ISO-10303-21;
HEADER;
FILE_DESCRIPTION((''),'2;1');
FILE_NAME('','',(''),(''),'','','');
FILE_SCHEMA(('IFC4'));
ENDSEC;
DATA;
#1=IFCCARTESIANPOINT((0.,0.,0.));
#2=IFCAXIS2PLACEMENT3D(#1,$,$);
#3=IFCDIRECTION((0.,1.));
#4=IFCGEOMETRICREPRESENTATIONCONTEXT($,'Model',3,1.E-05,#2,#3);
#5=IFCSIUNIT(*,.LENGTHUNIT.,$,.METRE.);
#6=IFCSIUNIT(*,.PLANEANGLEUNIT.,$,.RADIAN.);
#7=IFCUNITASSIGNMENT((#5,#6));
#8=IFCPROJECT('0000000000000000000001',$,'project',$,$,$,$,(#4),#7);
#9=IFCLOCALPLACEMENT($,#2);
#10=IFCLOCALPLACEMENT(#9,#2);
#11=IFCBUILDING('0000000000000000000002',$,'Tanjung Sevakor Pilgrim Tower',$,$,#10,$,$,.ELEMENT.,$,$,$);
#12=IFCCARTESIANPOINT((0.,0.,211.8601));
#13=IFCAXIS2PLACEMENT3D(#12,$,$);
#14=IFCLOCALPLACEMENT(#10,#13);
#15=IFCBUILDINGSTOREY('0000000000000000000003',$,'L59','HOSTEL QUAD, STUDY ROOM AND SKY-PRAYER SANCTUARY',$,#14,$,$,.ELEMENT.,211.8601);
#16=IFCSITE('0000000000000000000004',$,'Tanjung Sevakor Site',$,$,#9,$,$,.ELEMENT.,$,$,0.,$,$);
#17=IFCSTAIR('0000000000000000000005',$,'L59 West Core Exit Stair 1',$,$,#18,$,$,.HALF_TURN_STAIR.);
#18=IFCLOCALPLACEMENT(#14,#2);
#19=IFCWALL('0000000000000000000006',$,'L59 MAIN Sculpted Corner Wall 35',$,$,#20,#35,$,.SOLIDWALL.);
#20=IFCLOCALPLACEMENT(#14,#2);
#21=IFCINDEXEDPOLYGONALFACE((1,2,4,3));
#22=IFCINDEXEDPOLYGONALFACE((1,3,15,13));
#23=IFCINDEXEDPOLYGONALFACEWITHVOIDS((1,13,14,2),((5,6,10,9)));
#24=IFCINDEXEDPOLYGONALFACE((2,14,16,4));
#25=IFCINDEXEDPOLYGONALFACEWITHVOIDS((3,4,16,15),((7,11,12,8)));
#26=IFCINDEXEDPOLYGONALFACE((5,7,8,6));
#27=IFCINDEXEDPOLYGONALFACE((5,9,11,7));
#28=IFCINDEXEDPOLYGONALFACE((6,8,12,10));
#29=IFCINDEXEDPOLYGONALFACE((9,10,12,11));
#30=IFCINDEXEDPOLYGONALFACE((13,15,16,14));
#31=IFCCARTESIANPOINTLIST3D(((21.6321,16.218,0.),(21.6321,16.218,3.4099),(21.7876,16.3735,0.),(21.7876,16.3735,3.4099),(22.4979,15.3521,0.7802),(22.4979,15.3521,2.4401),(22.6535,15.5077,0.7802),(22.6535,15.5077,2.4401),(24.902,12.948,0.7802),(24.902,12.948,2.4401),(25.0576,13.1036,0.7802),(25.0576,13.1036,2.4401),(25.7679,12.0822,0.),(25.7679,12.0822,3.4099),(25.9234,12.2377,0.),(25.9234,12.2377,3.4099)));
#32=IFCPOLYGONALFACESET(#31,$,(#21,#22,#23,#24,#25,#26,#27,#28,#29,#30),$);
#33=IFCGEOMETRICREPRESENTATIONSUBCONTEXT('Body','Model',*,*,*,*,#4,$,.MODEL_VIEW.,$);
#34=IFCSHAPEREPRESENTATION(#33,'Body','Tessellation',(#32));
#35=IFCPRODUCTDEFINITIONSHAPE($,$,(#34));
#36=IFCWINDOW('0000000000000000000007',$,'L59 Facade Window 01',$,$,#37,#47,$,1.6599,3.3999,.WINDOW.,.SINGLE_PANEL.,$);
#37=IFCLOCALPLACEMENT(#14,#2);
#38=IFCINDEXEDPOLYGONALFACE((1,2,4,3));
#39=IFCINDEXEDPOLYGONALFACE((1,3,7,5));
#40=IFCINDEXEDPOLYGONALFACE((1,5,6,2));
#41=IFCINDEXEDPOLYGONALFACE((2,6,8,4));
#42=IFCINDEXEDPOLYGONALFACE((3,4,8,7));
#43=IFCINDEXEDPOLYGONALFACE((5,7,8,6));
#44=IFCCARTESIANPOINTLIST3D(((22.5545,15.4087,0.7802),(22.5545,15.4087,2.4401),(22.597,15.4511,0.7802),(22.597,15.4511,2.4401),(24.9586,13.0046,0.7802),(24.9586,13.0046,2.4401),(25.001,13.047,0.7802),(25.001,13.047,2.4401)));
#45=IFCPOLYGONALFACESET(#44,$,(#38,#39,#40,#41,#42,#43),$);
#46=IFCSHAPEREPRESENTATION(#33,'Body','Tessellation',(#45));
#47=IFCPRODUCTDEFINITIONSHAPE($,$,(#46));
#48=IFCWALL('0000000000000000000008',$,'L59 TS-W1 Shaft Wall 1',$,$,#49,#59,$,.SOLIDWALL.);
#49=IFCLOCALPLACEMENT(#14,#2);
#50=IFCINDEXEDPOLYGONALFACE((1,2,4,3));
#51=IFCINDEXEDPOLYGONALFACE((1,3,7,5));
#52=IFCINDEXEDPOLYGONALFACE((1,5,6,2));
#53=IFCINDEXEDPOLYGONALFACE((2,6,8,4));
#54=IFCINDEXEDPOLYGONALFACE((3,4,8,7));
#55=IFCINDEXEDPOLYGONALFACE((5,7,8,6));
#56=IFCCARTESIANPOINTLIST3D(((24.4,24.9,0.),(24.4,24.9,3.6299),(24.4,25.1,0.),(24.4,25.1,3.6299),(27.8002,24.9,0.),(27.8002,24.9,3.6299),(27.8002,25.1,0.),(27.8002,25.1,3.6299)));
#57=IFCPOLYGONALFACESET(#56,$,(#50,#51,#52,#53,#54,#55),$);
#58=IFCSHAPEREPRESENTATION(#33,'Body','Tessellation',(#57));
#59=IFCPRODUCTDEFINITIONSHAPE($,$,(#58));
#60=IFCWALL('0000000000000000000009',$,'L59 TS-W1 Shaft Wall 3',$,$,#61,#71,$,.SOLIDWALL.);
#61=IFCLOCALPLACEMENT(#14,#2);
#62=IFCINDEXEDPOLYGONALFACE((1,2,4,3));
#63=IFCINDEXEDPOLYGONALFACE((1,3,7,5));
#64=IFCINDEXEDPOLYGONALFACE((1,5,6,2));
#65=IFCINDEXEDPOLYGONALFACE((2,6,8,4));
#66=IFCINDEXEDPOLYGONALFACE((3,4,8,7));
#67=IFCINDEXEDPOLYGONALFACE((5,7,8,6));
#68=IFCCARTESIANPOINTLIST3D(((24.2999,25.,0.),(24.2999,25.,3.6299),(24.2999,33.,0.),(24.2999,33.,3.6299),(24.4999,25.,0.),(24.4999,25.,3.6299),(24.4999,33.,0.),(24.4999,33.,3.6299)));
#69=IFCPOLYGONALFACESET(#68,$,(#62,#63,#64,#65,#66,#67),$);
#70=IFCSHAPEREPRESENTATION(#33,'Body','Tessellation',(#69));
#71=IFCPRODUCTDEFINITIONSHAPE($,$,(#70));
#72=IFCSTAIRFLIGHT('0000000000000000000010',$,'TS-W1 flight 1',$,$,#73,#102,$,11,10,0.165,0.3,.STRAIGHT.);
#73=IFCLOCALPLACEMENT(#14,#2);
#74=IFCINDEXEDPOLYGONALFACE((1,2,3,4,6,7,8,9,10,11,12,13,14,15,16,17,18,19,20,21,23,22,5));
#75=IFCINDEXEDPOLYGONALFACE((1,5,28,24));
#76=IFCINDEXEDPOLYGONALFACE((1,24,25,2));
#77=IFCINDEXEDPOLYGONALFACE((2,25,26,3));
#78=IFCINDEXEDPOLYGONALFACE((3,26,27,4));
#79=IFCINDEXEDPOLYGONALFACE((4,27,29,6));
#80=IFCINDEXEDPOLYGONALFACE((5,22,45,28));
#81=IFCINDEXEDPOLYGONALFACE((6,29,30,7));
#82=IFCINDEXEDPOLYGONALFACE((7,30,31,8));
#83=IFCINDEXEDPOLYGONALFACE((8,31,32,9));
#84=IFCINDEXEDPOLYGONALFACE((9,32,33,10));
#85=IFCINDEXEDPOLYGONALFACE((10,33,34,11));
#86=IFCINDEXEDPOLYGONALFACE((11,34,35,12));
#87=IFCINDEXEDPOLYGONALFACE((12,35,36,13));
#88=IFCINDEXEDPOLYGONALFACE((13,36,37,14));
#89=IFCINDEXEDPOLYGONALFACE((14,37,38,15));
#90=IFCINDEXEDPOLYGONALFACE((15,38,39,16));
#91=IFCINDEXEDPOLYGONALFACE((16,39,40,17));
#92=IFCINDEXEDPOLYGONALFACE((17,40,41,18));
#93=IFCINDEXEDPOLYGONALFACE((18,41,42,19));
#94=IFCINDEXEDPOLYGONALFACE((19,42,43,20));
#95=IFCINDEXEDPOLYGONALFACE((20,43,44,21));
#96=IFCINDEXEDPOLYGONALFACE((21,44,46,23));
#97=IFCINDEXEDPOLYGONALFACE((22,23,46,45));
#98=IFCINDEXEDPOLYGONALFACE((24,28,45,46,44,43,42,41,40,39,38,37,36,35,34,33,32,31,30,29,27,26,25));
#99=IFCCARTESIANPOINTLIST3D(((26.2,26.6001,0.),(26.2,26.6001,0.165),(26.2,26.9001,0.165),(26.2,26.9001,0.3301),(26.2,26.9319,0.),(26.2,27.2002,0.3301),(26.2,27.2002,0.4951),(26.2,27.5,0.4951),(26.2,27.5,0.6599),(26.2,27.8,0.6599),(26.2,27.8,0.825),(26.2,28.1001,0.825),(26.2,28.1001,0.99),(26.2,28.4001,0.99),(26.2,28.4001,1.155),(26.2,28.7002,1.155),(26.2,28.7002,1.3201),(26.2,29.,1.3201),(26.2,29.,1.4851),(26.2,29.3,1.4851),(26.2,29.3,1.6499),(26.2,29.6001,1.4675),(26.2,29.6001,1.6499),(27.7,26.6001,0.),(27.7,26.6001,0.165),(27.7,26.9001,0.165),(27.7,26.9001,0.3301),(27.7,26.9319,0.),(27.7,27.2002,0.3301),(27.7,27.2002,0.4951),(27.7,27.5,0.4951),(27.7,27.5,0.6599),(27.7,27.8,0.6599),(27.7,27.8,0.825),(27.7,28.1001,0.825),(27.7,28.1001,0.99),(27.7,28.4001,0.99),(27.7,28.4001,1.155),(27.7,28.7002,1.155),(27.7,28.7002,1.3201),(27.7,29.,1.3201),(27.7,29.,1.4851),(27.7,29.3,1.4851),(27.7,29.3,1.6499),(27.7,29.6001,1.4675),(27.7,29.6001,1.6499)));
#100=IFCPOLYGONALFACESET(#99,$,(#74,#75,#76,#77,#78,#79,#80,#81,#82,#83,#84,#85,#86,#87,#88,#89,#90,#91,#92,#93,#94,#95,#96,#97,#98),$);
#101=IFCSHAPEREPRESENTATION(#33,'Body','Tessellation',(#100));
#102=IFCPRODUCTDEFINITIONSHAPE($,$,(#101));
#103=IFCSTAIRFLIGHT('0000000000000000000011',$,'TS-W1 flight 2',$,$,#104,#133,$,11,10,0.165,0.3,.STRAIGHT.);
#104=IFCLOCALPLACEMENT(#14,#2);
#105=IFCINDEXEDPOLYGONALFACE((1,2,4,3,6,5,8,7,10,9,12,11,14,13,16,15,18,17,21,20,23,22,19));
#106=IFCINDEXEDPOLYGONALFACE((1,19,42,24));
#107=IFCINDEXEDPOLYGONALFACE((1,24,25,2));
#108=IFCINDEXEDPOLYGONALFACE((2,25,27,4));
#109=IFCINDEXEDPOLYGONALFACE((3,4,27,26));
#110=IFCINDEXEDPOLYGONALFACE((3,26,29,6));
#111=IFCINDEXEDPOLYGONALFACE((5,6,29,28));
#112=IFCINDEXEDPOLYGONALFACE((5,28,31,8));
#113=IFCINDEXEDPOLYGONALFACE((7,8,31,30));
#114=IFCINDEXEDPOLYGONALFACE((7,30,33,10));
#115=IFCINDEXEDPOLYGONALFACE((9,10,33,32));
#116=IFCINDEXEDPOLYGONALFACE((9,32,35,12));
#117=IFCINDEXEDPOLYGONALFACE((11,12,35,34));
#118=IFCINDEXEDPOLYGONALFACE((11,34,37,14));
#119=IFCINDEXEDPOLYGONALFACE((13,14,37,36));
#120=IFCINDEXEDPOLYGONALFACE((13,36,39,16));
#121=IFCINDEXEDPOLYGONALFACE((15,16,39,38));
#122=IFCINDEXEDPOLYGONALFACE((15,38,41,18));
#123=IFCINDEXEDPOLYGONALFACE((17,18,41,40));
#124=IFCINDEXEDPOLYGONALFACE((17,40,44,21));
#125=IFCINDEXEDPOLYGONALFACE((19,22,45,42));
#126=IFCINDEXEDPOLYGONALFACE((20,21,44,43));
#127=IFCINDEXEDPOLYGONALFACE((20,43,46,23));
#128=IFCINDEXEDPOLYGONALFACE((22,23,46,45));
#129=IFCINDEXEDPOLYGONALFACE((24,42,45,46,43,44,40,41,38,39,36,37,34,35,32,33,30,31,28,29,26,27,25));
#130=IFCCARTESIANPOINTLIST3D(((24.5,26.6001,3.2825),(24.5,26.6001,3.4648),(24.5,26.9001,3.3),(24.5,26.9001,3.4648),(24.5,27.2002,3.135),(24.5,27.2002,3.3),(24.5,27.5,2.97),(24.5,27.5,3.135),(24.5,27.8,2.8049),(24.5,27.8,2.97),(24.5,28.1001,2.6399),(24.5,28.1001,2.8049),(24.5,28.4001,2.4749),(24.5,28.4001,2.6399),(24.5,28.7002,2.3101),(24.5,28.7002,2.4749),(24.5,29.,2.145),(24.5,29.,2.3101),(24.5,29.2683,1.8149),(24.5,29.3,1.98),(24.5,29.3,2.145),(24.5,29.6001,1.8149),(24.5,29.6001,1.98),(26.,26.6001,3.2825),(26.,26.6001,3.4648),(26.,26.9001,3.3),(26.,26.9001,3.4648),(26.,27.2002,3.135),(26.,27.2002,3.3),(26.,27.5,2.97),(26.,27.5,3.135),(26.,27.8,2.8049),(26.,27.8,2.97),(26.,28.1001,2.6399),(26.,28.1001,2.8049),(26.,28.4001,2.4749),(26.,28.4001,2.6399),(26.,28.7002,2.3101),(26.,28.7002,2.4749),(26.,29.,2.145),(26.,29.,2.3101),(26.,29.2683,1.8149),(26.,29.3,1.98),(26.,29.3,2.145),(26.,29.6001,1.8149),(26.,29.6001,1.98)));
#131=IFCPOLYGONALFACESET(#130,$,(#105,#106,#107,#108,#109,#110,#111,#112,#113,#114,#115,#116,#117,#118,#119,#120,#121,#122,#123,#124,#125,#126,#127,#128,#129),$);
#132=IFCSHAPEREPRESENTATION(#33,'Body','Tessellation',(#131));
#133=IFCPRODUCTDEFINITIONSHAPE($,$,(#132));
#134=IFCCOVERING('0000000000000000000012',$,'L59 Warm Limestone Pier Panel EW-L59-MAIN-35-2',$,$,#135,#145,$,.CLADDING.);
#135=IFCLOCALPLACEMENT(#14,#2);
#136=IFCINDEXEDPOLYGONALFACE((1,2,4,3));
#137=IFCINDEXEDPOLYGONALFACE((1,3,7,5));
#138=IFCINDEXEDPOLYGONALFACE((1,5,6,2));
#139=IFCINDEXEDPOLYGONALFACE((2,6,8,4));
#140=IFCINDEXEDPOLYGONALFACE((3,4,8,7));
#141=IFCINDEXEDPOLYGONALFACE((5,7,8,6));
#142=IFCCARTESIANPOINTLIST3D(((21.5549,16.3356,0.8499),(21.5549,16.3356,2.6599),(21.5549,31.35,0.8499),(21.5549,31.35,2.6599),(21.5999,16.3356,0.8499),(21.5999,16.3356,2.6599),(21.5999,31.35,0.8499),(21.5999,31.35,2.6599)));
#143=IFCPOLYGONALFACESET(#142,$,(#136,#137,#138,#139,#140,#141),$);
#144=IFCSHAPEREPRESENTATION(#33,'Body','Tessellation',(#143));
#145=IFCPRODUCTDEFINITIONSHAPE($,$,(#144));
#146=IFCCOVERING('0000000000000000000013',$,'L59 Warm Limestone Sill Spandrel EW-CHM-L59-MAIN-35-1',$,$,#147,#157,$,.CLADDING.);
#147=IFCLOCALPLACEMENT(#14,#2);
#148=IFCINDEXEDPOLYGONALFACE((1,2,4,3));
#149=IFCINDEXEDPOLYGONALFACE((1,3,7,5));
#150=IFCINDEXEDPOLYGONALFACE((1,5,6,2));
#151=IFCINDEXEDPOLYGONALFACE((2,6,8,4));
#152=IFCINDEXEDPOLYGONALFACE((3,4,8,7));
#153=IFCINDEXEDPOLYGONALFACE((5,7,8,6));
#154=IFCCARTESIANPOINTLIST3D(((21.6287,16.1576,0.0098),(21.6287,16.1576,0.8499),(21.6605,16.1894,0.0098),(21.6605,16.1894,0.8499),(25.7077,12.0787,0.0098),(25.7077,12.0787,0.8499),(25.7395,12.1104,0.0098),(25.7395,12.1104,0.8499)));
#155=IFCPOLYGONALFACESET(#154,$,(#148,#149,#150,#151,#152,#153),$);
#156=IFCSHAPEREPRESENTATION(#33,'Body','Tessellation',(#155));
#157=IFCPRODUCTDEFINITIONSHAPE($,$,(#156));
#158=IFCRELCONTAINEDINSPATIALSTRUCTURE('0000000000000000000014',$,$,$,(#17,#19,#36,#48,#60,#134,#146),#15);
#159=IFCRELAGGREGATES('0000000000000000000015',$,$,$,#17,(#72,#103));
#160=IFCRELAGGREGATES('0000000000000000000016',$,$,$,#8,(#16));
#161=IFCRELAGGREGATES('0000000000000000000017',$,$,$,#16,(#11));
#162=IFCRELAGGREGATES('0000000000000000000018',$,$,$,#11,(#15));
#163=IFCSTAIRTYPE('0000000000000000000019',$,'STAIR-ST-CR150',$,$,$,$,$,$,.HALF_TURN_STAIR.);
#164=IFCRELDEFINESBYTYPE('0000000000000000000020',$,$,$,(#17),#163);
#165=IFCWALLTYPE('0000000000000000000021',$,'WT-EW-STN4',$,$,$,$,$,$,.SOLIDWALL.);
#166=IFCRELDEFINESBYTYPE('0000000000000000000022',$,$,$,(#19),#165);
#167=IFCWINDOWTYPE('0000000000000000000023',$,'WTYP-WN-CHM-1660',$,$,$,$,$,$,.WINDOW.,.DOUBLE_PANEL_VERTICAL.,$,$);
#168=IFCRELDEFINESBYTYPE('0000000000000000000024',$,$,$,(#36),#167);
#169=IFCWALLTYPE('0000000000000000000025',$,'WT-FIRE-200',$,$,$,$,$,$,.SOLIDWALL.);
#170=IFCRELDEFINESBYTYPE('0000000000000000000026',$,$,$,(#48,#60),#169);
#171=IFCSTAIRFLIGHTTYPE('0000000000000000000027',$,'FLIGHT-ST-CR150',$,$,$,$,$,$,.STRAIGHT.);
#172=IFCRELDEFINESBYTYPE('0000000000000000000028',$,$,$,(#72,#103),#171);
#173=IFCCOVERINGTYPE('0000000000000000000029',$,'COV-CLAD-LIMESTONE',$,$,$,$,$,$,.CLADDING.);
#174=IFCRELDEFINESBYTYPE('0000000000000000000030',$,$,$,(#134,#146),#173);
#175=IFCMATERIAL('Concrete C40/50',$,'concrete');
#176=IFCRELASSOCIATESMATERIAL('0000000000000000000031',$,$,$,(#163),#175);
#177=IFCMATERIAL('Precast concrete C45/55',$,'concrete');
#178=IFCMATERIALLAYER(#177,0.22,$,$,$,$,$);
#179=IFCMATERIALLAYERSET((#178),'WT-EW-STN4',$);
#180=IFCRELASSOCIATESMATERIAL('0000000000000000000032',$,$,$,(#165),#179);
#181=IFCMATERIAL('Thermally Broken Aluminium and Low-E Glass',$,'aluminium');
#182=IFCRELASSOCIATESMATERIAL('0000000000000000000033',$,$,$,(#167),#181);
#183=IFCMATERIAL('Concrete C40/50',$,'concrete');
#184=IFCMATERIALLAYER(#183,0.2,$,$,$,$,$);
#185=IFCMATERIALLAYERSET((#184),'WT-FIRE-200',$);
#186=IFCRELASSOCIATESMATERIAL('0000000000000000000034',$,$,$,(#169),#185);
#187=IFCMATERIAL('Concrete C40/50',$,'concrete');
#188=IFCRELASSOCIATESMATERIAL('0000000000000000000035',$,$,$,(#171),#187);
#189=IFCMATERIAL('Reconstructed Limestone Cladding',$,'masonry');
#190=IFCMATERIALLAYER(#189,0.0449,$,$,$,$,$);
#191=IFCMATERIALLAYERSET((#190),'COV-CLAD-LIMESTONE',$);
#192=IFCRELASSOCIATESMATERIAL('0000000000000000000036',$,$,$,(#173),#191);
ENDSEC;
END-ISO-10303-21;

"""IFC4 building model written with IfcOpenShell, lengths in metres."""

from ifc_helpers import new_model, si_unit, direction, frame, frame_2d, origin, origin_2d, place, context, subcontext, project, spatial, polyline, rectangle, outline, extrude, material, layer, layer_set, type_object, element, fill, aggregate, save


model = new_model("IFC4")

# Units and contexts
model_context = context("Model", 3, precision=1e-05, world=origin(), true_north=direction((0.0, 1.0)))
body_context = subcontext(model_context, "Body", "Model", "MODEL_VIEW")
ifc_project = project(units=[si_unit("LENGTHUNIT", "METRE"), si_unit("PLANEANGLEUNIT", "RADIAN")], contexts=[model_context])

# Site, building, storey
site_placement = place(None, origin())
site = spatial("IfcSite", under=ifc_project, at=site_placement, Name="Tanjung Sevakor Site", CompositionType="ELEMENT", RefElevation=0.0)
building_placement = place(site_placement, origin())
building = spatial("IfcBuilding", under=site, at=building_placement, Name="Tanjung Sevakor Pilgrim Tower", CompositionType="ELEMENT")
storey_placement = place(building_placement, frame((0.0, 0.0, 211.8601)))
storey = spatial("IfcBuildingStorey", under=building, at=storey_placement, Name="L59", Description="HOSTEL QUAD, STUDY ROOM AND SKY-PRAYER SANCTUARY", CompositionType="ELEMENT", Elevation=211.8601)

# Stair
ifc_material_1 = material(Name="Concrete C40/50", Category="concrete")
stair_type = type_object("IfcStairType", Name="STAIR-ST-CR150", PredefinedType="HALF_TURN_STAIR", material=ifc_material_1)
stair_1_placement = place(storey_placement, origin())
stair_1 = element("IfcStair", 1, at=stair_1_placement, inside=storey, type_object=stair_type, Name="L59 West Core Exit Stair 1", PredefinedType="HALF_TURN_STAIR")

# Wall, opening, window
ifc_material_2 = material(Name="Precast concrete C45/55", Category="concrete")
ifc_layer_1 = layer(ifc_material_2, 0.22)
ifc_layer_set_1 = layer_set([ifc_layer_1], Name="WT-EW-STN4")
wall_type_1 = type_object("IfcWallType", Name="WT-EW-STN4", PredefinedType="SOLIDWALL", material=ifc_layer_set_1)
wall_1_placement = place(storey_placement, frame((21.71, 16.2957, 0.0), z_axis=(0.0, 0.0, 1.0), x_axis=(0.707107, -0.707107, 0.0)))
wall_1 = element("IfcWall", 2, at=wall_1_placement, inside=storey, type_object=wall_type_1, Name="L59 MAIN Sculpted Corner Wall 35", PredefinedType="SOLIDWALL", context=body_context, shape_type="SweptSolid", body=[
    extrude(rectangle(XDim=5.8489, YDim=0.22, at=frame_2d((2.9243, 0.0))), origin(), (0.0, 0.0, 1.0), 3.4099),
])
opening_1_placement = place(wall_1_placement, frame((1.2244, 0.0, 0.78)))
opening_1 = element("IfcOpeningElement", 3, at=opening_1_placement, cuts=wall_1, PredefinedType="OPENING", context=body_context, shape_type="SweptSolid", body=[
    extrude(rectangle(XDim=3.3999, YDim=1.6599, at=frame_2d((1.7, 0.8301))), frame((0.0, 0.1199, 0.0), z_axis=(0.0, -1.0, 0.0), x_axis=(1.0, 0.0, 0.0)), (0.0, 0.0, 1.0), 0.24),
])
ifc_material_3 = material(Name="Thermally Broken Aluminium and Low-E Glass", Category="aluminium")
window_type = type_object("IfcWindowType", Name="WTYP-WN-CHM-1660", PartitioningType="DOUBLE_PANEL_VERTICAL", PredefinedType="WINDOW", material=ifc_material_3)
window_placement = place(opening_1_placement, origin())
window = element("IfcWindow", 4, at=window_placement, inside=storey, type_object=window_type, Name="L59 Facade Window 01", OverallHeight=1.6599, OverallWidth=3.3999, PartitioningType="SINGLE_PANEL", PredefinedType="WINDOW", context=body_context, shape_type="SweptSolid", body=[
    extrude(rectangle(XDim=3.3999, YDim=1.6599, at=frame_2d((1.7, 0.8301))), frame((0.0, 0.03, 0.0), z_axis=(0.0, -1.0, 0.0), x_axis=(1.0, 0.0, 0.0)), (0.0, 0.0, 1.0), 0.0601),
])
fill(opening_1, window)

# Walls
ifc_material_4 = material(Name="Concrete C40/50", Category="concrete")
ifc_layer_2 = layer(ifc_material_4, 0.2)
ifc_layer_set_2 = layer_set([ifc_layer_2], Name="WT-FIRE-200")
wall_type_2 = type_object("IfcWallType", Name="WT-FIRE-200", PredefinedType="SOLIDWALL", material=ifc_layer_set_2)
wall_2_placement = place(storey_placement, frame((24.3999, 25.0, 0.0), z_axis=(0.0, 0.0, 1.0), x_axis=(1.0, 0.0, 0.0)))
element("IfcWall", 5, at=wall_2_placement, inside=storey, type_object=wall_type_2, Name="L59 TS-W1 Shaft Wall 1", PredefinedType="SOLIDWALL", context=body_context, shape_type="SweptSolid", body=[
    extrude(rectangle(XDim=3.4001, YDim=0.2, at=frame_2d((1.7002, 0.0))), origin(), (0.0, 0.0, 1.0), 3.6299),
])
wall_3_placement = place(storey_placement, frame((24.3999, 33.0, 0.0), z_axis=(0.0, 0.0, 1.0), x_axis=(0.0, -1.0, 0.0)))
element("IfcWall", 6, at=wall_3_placement, inside=storey, type_object=wall_type_2, Name="L59 TS-W1 Shaft Wall 3", PredefinedType="SOLIDWALL", context=body_context, shape_type="SweptSolid", body=[
    extrude(rectangle(XDim=8.0, YDim=0.2, at=frame_2d((4.0, 0.0))), origin(), (0.0, 0.0, 1.0), 3.6299),
])

# Stair flights
ifc_material_5 = material(Name="Concrete C40/50", Category="concrete")
stair_flight_type = type_object("IfcStairFlightType", Name="FLIGHT-ST-CR150", PredefinedType="STRAIGHT", material=ifc_material_5)
stair_flight_1_placement = place(storey_placement, frame((26.95, 26.6001, 0.0), z_axis=(0.0, 0.0, 1.0), x_axis=(0.0, 1.0, 0.0)))
stair_flight_1 = element("IfcStairFlight", 7, at=stair_flight_1_placement, type_object=stair_flight_type, Name="TS-W1 flight 1", NumberOfRisers=11, NumberOfTreads=10, PredefinedType="STRAIGHT", RiserHeight=0.165, TreadLength=0.3, context=body_context, shape_type="SweptSolid", body=[
    extrude(outline(polyline([(0.0, 0.0), (0.0, 0.165), (0.3, 0.165), (0.3, 0.3301), (0.6001, 0.3301), (0.6001, 0.4951), (0.8999, 0.4951), (0.8999, 0.6599), (1.2, 0.6599), (1.2, 0.825), (1.5, 0.825), (1.5, 0.99), (1.8, 0.99), (1.8, 1.155), (2.1001, 1.155), (2.1001, 1.3201), (2.3999, 1.3201), (2.3999, 1.4851), (2.7, 1.4851), (2.7, 1.6499), (3.0, 1.6499), (3.0, 1.8149), (3.0, 1.4675), (0.3318, 0.0), (0.0, 0.0)])), frame((0.0, 0.75, 0.0), z_axis=(0.0, -1.0, 0.0), x_axis=(1.0, 0.0, 0.0)), (0.0, 0.0, 1.0), 1.5),
])
stair_flight_2_placement = place(storey_placement, frame((25.25, 29.6001, 1.8149), z_axis=(0.0, 0.0, 1.0), x_axis=(0.0, -1.0, 0.0)))
stair_flight_2 = element("IfcStairFlight", 8, at=stair_flight_2_placement, type_object=stair_flight_type, Name="TS-W1 flight 2", NumberOfRisers=11, NumberOfTreads=10, PredefinedType="STRAIGHT", RiserHeight=0.165, TreadLength=0.3, context=body_context, shape_type="SweptSolid", body=[
    extrude(outline(polyline([(0.0, 0.0), (0.0, 0.165), (0.3, 0.165), (0.3, 0.3301), (0.6001, 0.3301), (0.6001, 0.4951), (0.8999, 0.4951), (0.8999, 0.6599), (1.2, 0.6599), (1.2, 0.825), (1.5, 0.825), (1.5, 0.99), (1.8, 0.99), (1.8, 1.155), (2.1001, 1.155), (2.1001, 1.3201), (2.3999, 1.3201), (2.3999, 1.4851), (2.7, 1.4851), (2.7, 1.6499), (3.0, 1.6499), (3.0, 1.8149), (3.0, 1.4675), (0.3318, 0.0), (0.0, 0.0)])), frame((0.0, 0.75, 0.0), z_axis=(0.0, -1.0, 0.0), x_axis=(1.0, 0.0, 0.0)), (0.0, 0.0, 1.0), 1.5),
])
aggregate(stair_1, [stair_flight_1, stair_flight_2])

# Coverings
ifc_material_6 = material(Name="Reconstructed Limestone Cladding", Category="masonry")
ifc_layer_3 = layer(ifc_material_6, 0.0449)
ifc_layer_set_3 = layer_set([ifc_layer_3], Name="COV-CLAD-LIMESTONE")
covering_type = type_object("IfcCoveringType", Name="COV-CLAD-LIMESTONE", PredefinedType="CLADDING", material=ifc_layer_set_3)
covering_1_placement = place(storey_placement, frame((21.5774, 23.8428, 0.8499), z_axis=(0.0, 0.0, 1.0), x_axis=(0.0, -1.0, 0.0)))
element("IfcCovering", 9, at=covering_1_placement, inside=storey, type_object=covering_type, Name="L59 Warm Limestone Pier Panel EW-L59-MAIN-35-2", PredefinedType="CLADDING", context=body_context, shape_type="SweptSolid", body=[
    extrude(rectangle(XDim=15.0144, YDim=0.0449, at=origin_2d()), origin(), (0.0, 0.0, 1.0), 1.8101),
])
covering_2_placement = place(storey_placement, frame((23.6841, 14.134, 0.0098), z_axis=(0.0, 0.0, 1.0), x_axis=(0.707107, -0.707107, 0.0)))
element("IfcCovering", 10, at=covering_2_placement, inside=storey, type_object=covering_type, Name="L59 Warm Limestone Sill Spandrel EW-CHM-L59-MAIN-35-1", PredefinedType="CLADDING", context=body_context, shape_type="SweptSolid", body=[
    extrude(rectangle(XDim=5.7686, YDim=0.0449, at=origin_2d()), origin(), (0.0, 0.0, 1.0), 0.8401),
])

save(model, "model.ifc")
